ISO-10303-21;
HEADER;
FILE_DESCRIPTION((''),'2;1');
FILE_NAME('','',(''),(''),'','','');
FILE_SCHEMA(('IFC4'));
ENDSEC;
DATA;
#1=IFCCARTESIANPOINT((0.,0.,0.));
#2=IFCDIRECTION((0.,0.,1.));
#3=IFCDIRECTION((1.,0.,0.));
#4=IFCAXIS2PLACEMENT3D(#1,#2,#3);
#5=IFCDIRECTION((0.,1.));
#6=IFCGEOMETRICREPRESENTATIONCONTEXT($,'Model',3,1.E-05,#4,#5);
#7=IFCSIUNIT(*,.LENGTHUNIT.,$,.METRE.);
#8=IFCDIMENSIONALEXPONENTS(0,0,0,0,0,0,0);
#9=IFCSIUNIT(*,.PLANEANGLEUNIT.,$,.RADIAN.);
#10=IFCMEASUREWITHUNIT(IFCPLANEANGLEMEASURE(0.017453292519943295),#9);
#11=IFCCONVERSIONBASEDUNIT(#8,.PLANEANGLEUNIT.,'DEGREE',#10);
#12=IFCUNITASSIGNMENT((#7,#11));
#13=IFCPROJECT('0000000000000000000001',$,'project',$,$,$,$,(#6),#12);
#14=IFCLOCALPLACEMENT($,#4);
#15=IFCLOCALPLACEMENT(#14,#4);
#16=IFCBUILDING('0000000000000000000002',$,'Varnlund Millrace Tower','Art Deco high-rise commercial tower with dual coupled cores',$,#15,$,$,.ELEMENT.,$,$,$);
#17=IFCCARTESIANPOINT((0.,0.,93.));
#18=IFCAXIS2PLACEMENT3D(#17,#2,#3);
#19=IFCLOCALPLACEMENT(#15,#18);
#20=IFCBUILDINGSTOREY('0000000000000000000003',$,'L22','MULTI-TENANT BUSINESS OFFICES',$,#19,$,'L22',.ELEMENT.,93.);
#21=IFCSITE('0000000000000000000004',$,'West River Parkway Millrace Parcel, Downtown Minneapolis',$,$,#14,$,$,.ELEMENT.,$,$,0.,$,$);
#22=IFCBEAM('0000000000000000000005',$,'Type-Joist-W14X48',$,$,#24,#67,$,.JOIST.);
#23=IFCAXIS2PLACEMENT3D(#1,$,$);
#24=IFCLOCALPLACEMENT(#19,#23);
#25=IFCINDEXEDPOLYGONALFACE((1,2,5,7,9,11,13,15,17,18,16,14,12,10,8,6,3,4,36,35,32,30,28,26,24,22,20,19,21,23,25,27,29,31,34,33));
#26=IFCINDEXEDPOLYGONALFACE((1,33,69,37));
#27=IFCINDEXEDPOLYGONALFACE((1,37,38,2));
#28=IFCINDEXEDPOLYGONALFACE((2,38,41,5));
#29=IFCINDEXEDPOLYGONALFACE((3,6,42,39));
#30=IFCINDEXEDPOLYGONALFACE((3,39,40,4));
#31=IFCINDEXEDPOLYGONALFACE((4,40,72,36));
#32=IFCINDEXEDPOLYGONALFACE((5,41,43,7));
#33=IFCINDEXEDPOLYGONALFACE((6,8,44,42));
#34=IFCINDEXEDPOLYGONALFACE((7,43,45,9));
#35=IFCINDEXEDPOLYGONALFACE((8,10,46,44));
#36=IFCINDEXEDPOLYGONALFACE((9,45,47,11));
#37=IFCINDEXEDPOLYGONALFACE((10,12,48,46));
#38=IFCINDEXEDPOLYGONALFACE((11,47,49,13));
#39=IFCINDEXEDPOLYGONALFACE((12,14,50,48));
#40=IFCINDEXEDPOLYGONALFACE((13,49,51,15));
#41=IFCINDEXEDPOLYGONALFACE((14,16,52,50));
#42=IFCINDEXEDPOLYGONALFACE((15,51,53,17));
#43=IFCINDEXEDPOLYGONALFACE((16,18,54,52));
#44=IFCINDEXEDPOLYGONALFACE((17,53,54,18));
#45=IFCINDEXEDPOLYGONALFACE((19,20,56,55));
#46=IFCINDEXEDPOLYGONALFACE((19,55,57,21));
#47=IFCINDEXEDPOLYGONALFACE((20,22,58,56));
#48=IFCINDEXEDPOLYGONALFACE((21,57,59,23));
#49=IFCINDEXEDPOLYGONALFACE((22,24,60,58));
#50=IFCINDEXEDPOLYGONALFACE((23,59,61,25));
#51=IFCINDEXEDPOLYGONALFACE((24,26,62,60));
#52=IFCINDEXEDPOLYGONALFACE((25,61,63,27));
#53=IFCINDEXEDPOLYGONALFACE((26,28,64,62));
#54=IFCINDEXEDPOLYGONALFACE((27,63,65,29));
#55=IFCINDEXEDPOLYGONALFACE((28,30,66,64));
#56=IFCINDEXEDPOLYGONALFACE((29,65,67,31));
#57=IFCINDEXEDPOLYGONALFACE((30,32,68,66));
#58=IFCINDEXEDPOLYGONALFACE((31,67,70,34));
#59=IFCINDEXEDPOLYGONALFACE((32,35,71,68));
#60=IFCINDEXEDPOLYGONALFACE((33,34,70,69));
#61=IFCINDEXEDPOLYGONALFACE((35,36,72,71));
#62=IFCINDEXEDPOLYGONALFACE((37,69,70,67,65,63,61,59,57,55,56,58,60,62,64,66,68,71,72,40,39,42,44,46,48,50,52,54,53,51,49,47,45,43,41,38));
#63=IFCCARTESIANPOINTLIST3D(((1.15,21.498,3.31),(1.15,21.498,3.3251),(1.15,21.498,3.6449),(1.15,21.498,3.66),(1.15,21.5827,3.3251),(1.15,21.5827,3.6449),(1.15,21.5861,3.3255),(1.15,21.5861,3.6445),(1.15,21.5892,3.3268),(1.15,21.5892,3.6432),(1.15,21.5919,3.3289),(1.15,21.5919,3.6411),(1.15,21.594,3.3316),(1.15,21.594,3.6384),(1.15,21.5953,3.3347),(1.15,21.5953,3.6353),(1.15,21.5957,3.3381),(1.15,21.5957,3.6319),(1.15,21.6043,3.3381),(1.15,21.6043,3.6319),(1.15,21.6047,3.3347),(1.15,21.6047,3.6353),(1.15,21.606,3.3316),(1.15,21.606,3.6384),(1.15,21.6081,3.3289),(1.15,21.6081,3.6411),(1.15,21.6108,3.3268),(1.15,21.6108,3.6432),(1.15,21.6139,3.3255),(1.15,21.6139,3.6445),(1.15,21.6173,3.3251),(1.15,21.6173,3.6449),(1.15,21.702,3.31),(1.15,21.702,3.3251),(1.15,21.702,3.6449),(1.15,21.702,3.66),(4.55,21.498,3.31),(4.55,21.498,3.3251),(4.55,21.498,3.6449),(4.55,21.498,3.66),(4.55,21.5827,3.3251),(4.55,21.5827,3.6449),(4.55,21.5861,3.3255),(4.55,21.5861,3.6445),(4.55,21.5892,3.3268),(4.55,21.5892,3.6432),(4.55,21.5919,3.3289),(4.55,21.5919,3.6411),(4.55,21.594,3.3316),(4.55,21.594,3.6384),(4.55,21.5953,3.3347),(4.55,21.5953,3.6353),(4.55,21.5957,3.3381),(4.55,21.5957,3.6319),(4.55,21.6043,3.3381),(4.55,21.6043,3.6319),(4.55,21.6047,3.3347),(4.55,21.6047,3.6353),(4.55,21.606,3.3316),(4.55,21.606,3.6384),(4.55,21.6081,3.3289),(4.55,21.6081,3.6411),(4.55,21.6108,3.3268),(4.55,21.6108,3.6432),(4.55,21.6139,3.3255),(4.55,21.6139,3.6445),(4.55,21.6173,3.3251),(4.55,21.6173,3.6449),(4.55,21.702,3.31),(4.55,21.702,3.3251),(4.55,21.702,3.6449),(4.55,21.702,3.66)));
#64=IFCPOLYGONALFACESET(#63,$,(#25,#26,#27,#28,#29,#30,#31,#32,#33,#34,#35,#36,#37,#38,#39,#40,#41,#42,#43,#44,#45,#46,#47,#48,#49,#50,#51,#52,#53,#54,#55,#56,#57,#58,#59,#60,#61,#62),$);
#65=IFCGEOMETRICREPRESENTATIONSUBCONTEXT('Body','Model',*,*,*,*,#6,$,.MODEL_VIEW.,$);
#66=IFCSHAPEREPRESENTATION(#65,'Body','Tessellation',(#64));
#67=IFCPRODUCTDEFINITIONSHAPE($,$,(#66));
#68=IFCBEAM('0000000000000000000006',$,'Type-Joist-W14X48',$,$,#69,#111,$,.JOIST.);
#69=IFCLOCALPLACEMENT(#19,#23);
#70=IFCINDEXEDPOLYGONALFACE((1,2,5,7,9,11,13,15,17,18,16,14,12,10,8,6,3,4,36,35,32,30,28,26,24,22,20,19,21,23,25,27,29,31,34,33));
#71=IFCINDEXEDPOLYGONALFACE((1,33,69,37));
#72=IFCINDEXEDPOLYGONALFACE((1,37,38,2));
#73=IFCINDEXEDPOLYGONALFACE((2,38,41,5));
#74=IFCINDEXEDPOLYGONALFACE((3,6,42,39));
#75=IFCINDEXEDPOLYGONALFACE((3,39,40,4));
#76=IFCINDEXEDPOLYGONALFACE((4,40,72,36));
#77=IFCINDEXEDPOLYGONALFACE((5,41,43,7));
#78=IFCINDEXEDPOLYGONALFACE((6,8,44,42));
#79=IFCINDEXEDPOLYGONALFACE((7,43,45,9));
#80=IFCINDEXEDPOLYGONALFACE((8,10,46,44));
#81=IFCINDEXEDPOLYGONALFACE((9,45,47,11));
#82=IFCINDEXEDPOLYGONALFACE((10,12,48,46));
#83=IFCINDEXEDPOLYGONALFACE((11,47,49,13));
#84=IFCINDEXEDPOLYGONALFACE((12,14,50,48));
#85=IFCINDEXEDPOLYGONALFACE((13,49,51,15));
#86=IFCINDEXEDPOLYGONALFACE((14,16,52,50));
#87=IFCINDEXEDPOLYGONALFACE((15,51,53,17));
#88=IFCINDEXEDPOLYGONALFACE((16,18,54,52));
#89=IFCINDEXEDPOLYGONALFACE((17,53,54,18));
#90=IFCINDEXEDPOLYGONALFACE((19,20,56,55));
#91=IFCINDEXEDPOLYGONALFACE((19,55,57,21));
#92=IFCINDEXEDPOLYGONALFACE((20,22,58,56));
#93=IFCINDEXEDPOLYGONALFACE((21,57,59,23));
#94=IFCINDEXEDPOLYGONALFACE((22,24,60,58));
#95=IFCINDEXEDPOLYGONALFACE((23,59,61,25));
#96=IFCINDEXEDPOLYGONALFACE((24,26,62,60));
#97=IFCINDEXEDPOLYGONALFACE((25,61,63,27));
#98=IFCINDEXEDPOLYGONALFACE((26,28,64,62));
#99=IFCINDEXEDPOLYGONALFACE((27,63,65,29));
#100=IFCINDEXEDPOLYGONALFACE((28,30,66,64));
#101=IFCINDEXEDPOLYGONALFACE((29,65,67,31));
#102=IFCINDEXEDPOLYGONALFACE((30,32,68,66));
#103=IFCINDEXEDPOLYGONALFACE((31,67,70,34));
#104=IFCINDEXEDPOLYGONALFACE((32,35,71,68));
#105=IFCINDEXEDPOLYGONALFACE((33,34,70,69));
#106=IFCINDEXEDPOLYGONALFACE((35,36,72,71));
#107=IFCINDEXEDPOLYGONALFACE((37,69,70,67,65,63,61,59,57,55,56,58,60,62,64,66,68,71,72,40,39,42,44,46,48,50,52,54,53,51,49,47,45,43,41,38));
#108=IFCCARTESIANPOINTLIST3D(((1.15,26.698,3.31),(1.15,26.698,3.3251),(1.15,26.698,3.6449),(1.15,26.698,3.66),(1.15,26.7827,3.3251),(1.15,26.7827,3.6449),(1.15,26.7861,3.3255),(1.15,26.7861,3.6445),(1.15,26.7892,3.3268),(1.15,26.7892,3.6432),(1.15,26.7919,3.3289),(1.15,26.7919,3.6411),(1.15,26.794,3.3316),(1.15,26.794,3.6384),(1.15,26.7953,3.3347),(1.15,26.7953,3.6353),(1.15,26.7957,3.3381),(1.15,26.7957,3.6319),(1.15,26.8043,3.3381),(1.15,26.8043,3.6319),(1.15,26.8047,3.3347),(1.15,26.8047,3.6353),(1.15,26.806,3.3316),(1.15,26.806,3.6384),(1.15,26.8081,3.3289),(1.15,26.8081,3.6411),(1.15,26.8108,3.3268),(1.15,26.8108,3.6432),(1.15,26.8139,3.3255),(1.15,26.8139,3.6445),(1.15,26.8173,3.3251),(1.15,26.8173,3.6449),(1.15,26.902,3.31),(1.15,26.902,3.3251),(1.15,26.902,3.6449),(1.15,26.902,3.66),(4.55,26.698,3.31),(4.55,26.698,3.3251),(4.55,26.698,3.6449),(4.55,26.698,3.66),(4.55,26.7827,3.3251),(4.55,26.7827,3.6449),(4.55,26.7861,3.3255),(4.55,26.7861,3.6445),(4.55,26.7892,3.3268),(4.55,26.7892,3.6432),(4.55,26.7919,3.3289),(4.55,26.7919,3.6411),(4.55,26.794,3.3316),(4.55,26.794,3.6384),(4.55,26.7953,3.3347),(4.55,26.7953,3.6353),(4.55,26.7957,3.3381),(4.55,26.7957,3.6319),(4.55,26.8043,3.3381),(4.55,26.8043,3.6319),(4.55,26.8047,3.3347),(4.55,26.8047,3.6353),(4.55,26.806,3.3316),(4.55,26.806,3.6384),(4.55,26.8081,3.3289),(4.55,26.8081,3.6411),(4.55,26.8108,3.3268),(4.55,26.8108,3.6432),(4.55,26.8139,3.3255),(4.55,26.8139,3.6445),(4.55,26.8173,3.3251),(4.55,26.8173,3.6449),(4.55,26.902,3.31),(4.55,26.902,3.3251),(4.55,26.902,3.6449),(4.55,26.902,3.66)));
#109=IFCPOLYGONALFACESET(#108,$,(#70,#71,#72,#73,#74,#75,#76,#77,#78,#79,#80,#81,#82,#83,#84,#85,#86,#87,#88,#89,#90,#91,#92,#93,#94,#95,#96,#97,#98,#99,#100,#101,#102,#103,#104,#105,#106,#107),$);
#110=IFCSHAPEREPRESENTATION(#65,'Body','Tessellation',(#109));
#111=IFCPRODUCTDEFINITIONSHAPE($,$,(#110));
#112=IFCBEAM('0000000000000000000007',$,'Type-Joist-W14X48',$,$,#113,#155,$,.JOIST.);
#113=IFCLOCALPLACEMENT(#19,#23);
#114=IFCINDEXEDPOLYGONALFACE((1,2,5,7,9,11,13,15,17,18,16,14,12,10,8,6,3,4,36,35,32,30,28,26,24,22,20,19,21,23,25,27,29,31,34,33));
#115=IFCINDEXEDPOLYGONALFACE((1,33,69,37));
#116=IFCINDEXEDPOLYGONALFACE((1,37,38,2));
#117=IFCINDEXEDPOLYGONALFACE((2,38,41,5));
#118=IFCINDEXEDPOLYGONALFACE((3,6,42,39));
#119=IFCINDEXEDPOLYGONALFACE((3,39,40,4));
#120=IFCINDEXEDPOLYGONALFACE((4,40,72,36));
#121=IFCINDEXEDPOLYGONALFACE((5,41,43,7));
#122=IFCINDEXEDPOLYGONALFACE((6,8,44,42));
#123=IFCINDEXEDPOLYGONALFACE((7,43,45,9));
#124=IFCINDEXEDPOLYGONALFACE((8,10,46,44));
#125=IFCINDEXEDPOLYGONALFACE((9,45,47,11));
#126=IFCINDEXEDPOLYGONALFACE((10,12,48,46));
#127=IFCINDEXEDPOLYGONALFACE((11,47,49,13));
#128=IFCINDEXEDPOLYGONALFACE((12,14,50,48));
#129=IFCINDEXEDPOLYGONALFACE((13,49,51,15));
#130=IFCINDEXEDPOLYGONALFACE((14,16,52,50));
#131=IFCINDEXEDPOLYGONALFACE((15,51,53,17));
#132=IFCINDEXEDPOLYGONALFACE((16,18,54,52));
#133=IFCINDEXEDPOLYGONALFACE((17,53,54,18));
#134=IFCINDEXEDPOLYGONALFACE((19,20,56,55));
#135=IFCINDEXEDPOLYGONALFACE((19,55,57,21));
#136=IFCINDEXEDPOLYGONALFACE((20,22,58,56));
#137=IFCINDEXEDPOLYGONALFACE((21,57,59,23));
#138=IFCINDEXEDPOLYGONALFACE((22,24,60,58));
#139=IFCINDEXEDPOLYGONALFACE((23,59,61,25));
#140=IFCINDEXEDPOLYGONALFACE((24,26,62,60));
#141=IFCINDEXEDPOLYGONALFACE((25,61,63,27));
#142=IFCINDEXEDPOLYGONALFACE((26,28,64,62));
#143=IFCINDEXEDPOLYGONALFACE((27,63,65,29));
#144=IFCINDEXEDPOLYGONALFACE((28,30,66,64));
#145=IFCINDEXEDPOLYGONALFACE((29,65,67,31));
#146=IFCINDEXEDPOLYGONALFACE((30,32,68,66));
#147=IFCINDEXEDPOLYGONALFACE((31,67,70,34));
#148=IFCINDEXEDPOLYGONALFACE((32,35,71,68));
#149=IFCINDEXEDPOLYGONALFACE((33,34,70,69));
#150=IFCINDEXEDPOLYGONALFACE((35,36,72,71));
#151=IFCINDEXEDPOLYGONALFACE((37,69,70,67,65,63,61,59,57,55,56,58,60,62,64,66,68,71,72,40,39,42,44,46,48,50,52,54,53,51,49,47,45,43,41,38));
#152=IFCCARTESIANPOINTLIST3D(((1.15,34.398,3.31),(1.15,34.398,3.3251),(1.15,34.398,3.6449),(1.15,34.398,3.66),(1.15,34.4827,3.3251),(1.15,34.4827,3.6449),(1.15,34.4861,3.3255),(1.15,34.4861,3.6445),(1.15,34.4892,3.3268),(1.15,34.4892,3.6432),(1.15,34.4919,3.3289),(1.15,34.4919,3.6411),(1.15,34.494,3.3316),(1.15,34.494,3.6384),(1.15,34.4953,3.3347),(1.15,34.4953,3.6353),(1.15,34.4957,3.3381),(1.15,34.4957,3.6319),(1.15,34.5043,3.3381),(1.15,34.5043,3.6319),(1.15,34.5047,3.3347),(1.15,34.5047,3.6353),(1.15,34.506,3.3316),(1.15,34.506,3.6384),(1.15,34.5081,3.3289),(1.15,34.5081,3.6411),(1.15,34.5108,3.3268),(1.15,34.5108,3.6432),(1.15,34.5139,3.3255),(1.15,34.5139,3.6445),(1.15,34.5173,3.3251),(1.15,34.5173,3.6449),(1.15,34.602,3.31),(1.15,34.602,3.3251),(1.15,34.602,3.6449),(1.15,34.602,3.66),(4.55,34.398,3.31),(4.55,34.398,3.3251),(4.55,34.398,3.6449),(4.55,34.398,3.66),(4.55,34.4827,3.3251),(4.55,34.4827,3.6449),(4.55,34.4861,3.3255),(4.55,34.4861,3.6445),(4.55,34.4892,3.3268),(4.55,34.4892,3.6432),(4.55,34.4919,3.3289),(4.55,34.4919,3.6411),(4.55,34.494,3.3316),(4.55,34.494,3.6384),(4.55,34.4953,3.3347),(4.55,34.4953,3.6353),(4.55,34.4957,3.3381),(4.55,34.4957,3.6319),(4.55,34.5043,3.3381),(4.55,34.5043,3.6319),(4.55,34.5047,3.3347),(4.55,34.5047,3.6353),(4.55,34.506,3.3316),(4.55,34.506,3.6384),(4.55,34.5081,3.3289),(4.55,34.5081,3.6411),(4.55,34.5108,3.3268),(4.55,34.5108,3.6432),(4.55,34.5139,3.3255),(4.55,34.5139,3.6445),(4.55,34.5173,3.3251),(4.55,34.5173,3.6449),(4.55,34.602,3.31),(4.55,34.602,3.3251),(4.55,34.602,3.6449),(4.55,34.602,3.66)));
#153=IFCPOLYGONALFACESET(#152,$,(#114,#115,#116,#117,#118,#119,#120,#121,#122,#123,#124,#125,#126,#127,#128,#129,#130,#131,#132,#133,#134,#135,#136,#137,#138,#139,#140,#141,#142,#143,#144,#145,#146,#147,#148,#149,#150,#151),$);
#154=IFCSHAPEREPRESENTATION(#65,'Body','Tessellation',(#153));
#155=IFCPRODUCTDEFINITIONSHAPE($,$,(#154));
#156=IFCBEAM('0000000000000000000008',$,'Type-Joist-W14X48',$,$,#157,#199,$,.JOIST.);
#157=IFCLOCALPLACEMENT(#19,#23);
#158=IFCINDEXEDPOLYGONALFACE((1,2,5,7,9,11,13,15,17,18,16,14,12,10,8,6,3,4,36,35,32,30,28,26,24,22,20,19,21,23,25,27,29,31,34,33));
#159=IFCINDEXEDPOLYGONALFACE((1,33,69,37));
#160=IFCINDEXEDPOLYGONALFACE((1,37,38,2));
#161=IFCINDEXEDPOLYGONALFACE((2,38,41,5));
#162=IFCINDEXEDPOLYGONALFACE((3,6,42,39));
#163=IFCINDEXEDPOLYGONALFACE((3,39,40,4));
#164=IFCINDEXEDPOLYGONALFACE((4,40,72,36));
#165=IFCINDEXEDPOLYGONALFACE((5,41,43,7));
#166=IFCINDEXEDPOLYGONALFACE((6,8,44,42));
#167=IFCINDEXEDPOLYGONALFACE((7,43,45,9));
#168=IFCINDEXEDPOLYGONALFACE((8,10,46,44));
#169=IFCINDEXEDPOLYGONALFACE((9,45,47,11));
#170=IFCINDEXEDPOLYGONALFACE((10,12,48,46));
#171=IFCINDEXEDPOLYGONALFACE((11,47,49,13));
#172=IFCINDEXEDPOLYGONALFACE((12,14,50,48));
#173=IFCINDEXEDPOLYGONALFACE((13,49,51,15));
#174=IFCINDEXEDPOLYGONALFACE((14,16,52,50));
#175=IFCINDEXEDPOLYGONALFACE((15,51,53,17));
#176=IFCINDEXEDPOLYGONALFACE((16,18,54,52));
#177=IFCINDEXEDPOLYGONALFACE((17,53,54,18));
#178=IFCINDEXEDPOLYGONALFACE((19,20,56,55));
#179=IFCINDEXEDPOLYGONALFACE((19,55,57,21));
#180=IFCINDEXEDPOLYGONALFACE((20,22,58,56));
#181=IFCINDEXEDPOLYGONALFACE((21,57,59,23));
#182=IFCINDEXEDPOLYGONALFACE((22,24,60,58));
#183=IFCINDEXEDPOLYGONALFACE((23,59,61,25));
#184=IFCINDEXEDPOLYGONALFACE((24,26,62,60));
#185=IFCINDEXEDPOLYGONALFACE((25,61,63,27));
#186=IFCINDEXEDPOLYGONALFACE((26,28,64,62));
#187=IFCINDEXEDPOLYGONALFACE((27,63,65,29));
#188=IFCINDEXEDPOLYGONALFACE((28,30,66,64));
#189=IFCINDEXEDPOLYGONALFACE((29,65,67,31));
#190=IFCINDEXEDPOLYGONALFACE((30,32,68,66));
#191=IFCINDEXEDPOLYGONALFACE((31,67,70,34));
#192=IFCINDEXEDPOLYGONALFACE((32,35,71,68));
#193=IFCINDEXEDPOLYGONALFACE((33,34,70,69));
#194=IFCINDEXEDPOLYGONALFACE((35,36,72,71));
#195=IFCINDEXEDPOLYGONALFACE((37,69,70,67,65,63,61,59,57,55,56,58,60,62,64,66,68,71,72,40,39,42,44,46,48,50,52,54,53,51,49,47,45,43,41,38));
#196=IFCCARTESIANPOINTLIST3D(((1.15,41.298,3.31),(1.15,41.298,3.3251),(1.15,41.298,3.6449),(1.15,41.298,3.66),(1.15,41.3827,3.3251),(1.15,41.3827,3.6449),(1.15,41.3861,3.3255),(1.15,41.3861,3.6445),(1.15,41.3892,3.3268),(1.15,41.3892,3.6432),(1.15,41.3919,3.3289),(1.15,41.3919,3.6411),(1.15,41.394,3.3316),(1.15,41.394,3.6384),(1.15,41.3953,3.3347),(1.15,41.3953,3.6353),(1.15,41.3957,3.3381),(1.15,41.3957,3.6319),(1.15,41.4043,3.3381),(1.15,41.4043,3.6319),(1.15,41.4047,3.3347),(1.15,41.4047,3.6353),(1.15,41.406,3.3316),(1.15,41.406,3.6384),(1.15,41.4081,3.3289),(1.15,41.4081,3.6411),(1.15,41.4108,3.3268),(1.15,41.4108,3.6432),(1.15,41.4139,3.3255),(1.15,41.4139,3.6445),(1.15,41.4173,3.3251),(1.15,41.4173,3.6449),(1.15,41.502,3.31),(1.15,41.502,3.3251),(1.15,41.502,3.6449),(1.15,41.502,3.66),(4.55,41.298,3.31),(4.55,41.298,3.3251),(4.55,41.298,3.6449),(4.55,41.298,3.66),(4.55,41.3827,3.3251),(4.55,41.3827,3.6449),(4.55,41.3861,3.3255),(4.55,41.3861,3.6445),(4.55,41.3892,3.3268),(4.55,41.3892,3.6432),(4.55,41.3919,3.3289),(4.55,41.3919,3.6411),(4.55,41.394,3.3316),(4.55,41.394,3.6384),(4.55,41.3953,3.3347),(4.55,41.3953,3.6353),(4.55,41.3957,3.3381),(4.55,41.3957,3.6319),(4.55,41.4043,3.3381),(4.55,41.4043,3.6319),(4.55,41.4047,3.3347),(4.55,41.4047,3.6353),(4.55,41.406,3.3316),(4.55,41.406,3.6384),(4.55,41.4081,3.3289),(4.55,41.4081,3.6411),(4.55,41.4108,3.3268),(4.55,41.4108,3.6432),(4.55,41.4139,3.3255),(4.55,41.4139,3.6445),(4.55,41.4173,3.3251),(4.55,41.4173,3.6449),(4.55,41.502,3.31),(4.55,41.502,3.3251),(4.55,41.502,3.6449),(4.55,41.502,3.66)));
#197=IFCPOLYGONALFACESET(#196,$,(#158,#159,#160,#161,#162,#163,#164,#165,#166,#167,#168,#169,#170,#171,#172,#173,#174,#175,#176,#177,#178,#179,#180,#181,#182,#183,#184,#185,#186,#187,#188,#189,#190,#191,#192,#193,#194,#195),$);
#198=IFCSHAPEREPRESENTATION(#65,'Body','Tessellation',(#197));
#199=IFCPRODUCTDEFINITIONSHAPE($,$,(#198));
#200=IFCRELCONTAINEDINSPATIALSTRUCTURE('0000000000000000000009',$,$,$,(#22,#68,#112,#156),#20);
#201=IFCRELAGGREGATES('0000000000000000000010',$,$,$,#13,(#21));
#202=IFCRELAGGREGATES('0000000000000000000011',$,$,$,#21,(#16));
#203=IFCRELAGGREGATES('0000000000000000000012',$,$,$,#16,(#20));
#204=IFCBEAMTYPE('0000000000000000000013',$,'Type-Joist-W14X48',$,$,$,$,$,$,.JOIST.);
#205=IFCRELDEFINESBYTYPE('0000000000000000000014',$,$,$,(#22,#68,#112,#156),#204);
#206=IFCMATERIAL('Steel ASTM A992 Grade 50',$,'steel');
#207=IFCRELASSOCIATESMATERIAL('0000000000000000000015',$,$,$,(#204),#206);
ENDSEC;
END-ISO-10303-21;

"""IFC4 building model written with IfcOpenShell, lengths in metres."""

from ifc_helpers import new_model, entity, si_unit, converted_unit, direction, frame, origin_with_axes, origin_2d_with_axis, place, context, subcontext, project, spatial, i_section, extrude, material, material_profile, profile_set, type_object, element, save


model = new_model("IFC4")

# Units and contexts
model_context = context("Model", 3, precision=1e-05, world=origin_with_axes(), true_north=direction((0.0, 1.0)))
body_context = subcontext(model_context, "Body", "Model", "MODEL_VIEW")
ifc_project = project(units=[si_unit("LENGTHUNIT", "METRE"), converted_unit("PLANEANGLEUNIT", "DEGREE", entity("IfcPlaneAngleMeasure", 0.017453292519943295), si_unit("PLANEANGLEUNIT", "RADIAN"), dimensions=[0, 0, 0, 0, 0, 0, 0])], contexts=[model_context])

# Site, building, storey
site_placement = place(None, origin_with_axes())
site = spatial("IfcSite", under=ifc_project, at=site_placement, Name="West River Parkway Millrace Parcel, Downtown Minneapolis", CompositionType="ELEMENT", RefElevation=0.0)
building_placement = place(site_placement, origin_with_axes())
building = spatial("IfcBuilding", under=site, at=building_placement, Name="Varnlund Millrace Tower", Description="Art Deco high-rise commercial tower with dual coupled cores", CompositionType="ELEMENT")
storey_placement = place(building_placement, frame((0.0, 0.0, 93.0), z_axis=(0.0, 0.0, 1.0), x_axis=(1.0, 0.0, 0.0)))
storey = spatial("IfcBuildingStorey", under=building, at=storey_placement, Name="L22", Description="MULTI-TENANT BUSINESS OFFICES", LongName="L22", CompositionType="ELEMENT", Elevation=93.0)

# Beams
ifc_material_1 = material(Name="Steel ASTM A992 Grade 50", Category="steel")
ifc_material_profile_1 = material_profile(ifc_material_1, i_section(OverallWidth=0.204, OverallDepth=0.35, WebThickness=0.0086, FlangeThickness=0.0151, FilletRadius=0.013, at=origin_2d_with_axis()), Name="Steel ASTM A992 Grade 50")
ifc_profile_set_1 = profile_set([ifc_material_profile_1], Name="Steel ASTM A992 Grade 50")
beam_type_1 = type_object("IfcBeamType", Name="Type-Joist-W14X48", PredefinedType="JOIST", material=ifc_profile_set_1)
for number, where, z_axis, x_axis, name in (
    (1, (1.15, 21.6, 3.485), (1.0, 0.0, 0.0), (0.0, 1.0, 0.0), "Type-Joist-W14X48"),
    (2, (1.15, 26.8, 3.485), (1.0, 0.0, 0.0), (0.0, 1.0, 0.0), "Type-Joist-W14X48"),
    (3, (1.15, 34.5, 3.485), (1.0, 0.0, 0.0), (0.0, 1.0, 0.0), "Type-Joist-W14X48"),
    (4, (1.15, 41.4, 3.485), (1.0, 0.0, 0.0), (0.0, 1.0, 0.0), "Type-Joist-W14X48"),
):
    element("IfcBeam", number, at=place(storey_placement, frame(where, z_axis=z_axis, x_axis=x_axis)), inside=storey, type_object=beam_type_1, Name=name, PredefinedType="JOIST", context=body_context, shape_type="SweptSolid", body=[
        extrude(i_section(OverallWidth=0.204, OverallDepth=0.35, WebThickness=0.0086, FlangeThickness=0.0151, FilletRadius=0.013, at=origin_2d_with_axis()), origin_with_axes(), (0.0, 0.0, 1.0), 3.4),
    ])

save(model, "model.ifc")
